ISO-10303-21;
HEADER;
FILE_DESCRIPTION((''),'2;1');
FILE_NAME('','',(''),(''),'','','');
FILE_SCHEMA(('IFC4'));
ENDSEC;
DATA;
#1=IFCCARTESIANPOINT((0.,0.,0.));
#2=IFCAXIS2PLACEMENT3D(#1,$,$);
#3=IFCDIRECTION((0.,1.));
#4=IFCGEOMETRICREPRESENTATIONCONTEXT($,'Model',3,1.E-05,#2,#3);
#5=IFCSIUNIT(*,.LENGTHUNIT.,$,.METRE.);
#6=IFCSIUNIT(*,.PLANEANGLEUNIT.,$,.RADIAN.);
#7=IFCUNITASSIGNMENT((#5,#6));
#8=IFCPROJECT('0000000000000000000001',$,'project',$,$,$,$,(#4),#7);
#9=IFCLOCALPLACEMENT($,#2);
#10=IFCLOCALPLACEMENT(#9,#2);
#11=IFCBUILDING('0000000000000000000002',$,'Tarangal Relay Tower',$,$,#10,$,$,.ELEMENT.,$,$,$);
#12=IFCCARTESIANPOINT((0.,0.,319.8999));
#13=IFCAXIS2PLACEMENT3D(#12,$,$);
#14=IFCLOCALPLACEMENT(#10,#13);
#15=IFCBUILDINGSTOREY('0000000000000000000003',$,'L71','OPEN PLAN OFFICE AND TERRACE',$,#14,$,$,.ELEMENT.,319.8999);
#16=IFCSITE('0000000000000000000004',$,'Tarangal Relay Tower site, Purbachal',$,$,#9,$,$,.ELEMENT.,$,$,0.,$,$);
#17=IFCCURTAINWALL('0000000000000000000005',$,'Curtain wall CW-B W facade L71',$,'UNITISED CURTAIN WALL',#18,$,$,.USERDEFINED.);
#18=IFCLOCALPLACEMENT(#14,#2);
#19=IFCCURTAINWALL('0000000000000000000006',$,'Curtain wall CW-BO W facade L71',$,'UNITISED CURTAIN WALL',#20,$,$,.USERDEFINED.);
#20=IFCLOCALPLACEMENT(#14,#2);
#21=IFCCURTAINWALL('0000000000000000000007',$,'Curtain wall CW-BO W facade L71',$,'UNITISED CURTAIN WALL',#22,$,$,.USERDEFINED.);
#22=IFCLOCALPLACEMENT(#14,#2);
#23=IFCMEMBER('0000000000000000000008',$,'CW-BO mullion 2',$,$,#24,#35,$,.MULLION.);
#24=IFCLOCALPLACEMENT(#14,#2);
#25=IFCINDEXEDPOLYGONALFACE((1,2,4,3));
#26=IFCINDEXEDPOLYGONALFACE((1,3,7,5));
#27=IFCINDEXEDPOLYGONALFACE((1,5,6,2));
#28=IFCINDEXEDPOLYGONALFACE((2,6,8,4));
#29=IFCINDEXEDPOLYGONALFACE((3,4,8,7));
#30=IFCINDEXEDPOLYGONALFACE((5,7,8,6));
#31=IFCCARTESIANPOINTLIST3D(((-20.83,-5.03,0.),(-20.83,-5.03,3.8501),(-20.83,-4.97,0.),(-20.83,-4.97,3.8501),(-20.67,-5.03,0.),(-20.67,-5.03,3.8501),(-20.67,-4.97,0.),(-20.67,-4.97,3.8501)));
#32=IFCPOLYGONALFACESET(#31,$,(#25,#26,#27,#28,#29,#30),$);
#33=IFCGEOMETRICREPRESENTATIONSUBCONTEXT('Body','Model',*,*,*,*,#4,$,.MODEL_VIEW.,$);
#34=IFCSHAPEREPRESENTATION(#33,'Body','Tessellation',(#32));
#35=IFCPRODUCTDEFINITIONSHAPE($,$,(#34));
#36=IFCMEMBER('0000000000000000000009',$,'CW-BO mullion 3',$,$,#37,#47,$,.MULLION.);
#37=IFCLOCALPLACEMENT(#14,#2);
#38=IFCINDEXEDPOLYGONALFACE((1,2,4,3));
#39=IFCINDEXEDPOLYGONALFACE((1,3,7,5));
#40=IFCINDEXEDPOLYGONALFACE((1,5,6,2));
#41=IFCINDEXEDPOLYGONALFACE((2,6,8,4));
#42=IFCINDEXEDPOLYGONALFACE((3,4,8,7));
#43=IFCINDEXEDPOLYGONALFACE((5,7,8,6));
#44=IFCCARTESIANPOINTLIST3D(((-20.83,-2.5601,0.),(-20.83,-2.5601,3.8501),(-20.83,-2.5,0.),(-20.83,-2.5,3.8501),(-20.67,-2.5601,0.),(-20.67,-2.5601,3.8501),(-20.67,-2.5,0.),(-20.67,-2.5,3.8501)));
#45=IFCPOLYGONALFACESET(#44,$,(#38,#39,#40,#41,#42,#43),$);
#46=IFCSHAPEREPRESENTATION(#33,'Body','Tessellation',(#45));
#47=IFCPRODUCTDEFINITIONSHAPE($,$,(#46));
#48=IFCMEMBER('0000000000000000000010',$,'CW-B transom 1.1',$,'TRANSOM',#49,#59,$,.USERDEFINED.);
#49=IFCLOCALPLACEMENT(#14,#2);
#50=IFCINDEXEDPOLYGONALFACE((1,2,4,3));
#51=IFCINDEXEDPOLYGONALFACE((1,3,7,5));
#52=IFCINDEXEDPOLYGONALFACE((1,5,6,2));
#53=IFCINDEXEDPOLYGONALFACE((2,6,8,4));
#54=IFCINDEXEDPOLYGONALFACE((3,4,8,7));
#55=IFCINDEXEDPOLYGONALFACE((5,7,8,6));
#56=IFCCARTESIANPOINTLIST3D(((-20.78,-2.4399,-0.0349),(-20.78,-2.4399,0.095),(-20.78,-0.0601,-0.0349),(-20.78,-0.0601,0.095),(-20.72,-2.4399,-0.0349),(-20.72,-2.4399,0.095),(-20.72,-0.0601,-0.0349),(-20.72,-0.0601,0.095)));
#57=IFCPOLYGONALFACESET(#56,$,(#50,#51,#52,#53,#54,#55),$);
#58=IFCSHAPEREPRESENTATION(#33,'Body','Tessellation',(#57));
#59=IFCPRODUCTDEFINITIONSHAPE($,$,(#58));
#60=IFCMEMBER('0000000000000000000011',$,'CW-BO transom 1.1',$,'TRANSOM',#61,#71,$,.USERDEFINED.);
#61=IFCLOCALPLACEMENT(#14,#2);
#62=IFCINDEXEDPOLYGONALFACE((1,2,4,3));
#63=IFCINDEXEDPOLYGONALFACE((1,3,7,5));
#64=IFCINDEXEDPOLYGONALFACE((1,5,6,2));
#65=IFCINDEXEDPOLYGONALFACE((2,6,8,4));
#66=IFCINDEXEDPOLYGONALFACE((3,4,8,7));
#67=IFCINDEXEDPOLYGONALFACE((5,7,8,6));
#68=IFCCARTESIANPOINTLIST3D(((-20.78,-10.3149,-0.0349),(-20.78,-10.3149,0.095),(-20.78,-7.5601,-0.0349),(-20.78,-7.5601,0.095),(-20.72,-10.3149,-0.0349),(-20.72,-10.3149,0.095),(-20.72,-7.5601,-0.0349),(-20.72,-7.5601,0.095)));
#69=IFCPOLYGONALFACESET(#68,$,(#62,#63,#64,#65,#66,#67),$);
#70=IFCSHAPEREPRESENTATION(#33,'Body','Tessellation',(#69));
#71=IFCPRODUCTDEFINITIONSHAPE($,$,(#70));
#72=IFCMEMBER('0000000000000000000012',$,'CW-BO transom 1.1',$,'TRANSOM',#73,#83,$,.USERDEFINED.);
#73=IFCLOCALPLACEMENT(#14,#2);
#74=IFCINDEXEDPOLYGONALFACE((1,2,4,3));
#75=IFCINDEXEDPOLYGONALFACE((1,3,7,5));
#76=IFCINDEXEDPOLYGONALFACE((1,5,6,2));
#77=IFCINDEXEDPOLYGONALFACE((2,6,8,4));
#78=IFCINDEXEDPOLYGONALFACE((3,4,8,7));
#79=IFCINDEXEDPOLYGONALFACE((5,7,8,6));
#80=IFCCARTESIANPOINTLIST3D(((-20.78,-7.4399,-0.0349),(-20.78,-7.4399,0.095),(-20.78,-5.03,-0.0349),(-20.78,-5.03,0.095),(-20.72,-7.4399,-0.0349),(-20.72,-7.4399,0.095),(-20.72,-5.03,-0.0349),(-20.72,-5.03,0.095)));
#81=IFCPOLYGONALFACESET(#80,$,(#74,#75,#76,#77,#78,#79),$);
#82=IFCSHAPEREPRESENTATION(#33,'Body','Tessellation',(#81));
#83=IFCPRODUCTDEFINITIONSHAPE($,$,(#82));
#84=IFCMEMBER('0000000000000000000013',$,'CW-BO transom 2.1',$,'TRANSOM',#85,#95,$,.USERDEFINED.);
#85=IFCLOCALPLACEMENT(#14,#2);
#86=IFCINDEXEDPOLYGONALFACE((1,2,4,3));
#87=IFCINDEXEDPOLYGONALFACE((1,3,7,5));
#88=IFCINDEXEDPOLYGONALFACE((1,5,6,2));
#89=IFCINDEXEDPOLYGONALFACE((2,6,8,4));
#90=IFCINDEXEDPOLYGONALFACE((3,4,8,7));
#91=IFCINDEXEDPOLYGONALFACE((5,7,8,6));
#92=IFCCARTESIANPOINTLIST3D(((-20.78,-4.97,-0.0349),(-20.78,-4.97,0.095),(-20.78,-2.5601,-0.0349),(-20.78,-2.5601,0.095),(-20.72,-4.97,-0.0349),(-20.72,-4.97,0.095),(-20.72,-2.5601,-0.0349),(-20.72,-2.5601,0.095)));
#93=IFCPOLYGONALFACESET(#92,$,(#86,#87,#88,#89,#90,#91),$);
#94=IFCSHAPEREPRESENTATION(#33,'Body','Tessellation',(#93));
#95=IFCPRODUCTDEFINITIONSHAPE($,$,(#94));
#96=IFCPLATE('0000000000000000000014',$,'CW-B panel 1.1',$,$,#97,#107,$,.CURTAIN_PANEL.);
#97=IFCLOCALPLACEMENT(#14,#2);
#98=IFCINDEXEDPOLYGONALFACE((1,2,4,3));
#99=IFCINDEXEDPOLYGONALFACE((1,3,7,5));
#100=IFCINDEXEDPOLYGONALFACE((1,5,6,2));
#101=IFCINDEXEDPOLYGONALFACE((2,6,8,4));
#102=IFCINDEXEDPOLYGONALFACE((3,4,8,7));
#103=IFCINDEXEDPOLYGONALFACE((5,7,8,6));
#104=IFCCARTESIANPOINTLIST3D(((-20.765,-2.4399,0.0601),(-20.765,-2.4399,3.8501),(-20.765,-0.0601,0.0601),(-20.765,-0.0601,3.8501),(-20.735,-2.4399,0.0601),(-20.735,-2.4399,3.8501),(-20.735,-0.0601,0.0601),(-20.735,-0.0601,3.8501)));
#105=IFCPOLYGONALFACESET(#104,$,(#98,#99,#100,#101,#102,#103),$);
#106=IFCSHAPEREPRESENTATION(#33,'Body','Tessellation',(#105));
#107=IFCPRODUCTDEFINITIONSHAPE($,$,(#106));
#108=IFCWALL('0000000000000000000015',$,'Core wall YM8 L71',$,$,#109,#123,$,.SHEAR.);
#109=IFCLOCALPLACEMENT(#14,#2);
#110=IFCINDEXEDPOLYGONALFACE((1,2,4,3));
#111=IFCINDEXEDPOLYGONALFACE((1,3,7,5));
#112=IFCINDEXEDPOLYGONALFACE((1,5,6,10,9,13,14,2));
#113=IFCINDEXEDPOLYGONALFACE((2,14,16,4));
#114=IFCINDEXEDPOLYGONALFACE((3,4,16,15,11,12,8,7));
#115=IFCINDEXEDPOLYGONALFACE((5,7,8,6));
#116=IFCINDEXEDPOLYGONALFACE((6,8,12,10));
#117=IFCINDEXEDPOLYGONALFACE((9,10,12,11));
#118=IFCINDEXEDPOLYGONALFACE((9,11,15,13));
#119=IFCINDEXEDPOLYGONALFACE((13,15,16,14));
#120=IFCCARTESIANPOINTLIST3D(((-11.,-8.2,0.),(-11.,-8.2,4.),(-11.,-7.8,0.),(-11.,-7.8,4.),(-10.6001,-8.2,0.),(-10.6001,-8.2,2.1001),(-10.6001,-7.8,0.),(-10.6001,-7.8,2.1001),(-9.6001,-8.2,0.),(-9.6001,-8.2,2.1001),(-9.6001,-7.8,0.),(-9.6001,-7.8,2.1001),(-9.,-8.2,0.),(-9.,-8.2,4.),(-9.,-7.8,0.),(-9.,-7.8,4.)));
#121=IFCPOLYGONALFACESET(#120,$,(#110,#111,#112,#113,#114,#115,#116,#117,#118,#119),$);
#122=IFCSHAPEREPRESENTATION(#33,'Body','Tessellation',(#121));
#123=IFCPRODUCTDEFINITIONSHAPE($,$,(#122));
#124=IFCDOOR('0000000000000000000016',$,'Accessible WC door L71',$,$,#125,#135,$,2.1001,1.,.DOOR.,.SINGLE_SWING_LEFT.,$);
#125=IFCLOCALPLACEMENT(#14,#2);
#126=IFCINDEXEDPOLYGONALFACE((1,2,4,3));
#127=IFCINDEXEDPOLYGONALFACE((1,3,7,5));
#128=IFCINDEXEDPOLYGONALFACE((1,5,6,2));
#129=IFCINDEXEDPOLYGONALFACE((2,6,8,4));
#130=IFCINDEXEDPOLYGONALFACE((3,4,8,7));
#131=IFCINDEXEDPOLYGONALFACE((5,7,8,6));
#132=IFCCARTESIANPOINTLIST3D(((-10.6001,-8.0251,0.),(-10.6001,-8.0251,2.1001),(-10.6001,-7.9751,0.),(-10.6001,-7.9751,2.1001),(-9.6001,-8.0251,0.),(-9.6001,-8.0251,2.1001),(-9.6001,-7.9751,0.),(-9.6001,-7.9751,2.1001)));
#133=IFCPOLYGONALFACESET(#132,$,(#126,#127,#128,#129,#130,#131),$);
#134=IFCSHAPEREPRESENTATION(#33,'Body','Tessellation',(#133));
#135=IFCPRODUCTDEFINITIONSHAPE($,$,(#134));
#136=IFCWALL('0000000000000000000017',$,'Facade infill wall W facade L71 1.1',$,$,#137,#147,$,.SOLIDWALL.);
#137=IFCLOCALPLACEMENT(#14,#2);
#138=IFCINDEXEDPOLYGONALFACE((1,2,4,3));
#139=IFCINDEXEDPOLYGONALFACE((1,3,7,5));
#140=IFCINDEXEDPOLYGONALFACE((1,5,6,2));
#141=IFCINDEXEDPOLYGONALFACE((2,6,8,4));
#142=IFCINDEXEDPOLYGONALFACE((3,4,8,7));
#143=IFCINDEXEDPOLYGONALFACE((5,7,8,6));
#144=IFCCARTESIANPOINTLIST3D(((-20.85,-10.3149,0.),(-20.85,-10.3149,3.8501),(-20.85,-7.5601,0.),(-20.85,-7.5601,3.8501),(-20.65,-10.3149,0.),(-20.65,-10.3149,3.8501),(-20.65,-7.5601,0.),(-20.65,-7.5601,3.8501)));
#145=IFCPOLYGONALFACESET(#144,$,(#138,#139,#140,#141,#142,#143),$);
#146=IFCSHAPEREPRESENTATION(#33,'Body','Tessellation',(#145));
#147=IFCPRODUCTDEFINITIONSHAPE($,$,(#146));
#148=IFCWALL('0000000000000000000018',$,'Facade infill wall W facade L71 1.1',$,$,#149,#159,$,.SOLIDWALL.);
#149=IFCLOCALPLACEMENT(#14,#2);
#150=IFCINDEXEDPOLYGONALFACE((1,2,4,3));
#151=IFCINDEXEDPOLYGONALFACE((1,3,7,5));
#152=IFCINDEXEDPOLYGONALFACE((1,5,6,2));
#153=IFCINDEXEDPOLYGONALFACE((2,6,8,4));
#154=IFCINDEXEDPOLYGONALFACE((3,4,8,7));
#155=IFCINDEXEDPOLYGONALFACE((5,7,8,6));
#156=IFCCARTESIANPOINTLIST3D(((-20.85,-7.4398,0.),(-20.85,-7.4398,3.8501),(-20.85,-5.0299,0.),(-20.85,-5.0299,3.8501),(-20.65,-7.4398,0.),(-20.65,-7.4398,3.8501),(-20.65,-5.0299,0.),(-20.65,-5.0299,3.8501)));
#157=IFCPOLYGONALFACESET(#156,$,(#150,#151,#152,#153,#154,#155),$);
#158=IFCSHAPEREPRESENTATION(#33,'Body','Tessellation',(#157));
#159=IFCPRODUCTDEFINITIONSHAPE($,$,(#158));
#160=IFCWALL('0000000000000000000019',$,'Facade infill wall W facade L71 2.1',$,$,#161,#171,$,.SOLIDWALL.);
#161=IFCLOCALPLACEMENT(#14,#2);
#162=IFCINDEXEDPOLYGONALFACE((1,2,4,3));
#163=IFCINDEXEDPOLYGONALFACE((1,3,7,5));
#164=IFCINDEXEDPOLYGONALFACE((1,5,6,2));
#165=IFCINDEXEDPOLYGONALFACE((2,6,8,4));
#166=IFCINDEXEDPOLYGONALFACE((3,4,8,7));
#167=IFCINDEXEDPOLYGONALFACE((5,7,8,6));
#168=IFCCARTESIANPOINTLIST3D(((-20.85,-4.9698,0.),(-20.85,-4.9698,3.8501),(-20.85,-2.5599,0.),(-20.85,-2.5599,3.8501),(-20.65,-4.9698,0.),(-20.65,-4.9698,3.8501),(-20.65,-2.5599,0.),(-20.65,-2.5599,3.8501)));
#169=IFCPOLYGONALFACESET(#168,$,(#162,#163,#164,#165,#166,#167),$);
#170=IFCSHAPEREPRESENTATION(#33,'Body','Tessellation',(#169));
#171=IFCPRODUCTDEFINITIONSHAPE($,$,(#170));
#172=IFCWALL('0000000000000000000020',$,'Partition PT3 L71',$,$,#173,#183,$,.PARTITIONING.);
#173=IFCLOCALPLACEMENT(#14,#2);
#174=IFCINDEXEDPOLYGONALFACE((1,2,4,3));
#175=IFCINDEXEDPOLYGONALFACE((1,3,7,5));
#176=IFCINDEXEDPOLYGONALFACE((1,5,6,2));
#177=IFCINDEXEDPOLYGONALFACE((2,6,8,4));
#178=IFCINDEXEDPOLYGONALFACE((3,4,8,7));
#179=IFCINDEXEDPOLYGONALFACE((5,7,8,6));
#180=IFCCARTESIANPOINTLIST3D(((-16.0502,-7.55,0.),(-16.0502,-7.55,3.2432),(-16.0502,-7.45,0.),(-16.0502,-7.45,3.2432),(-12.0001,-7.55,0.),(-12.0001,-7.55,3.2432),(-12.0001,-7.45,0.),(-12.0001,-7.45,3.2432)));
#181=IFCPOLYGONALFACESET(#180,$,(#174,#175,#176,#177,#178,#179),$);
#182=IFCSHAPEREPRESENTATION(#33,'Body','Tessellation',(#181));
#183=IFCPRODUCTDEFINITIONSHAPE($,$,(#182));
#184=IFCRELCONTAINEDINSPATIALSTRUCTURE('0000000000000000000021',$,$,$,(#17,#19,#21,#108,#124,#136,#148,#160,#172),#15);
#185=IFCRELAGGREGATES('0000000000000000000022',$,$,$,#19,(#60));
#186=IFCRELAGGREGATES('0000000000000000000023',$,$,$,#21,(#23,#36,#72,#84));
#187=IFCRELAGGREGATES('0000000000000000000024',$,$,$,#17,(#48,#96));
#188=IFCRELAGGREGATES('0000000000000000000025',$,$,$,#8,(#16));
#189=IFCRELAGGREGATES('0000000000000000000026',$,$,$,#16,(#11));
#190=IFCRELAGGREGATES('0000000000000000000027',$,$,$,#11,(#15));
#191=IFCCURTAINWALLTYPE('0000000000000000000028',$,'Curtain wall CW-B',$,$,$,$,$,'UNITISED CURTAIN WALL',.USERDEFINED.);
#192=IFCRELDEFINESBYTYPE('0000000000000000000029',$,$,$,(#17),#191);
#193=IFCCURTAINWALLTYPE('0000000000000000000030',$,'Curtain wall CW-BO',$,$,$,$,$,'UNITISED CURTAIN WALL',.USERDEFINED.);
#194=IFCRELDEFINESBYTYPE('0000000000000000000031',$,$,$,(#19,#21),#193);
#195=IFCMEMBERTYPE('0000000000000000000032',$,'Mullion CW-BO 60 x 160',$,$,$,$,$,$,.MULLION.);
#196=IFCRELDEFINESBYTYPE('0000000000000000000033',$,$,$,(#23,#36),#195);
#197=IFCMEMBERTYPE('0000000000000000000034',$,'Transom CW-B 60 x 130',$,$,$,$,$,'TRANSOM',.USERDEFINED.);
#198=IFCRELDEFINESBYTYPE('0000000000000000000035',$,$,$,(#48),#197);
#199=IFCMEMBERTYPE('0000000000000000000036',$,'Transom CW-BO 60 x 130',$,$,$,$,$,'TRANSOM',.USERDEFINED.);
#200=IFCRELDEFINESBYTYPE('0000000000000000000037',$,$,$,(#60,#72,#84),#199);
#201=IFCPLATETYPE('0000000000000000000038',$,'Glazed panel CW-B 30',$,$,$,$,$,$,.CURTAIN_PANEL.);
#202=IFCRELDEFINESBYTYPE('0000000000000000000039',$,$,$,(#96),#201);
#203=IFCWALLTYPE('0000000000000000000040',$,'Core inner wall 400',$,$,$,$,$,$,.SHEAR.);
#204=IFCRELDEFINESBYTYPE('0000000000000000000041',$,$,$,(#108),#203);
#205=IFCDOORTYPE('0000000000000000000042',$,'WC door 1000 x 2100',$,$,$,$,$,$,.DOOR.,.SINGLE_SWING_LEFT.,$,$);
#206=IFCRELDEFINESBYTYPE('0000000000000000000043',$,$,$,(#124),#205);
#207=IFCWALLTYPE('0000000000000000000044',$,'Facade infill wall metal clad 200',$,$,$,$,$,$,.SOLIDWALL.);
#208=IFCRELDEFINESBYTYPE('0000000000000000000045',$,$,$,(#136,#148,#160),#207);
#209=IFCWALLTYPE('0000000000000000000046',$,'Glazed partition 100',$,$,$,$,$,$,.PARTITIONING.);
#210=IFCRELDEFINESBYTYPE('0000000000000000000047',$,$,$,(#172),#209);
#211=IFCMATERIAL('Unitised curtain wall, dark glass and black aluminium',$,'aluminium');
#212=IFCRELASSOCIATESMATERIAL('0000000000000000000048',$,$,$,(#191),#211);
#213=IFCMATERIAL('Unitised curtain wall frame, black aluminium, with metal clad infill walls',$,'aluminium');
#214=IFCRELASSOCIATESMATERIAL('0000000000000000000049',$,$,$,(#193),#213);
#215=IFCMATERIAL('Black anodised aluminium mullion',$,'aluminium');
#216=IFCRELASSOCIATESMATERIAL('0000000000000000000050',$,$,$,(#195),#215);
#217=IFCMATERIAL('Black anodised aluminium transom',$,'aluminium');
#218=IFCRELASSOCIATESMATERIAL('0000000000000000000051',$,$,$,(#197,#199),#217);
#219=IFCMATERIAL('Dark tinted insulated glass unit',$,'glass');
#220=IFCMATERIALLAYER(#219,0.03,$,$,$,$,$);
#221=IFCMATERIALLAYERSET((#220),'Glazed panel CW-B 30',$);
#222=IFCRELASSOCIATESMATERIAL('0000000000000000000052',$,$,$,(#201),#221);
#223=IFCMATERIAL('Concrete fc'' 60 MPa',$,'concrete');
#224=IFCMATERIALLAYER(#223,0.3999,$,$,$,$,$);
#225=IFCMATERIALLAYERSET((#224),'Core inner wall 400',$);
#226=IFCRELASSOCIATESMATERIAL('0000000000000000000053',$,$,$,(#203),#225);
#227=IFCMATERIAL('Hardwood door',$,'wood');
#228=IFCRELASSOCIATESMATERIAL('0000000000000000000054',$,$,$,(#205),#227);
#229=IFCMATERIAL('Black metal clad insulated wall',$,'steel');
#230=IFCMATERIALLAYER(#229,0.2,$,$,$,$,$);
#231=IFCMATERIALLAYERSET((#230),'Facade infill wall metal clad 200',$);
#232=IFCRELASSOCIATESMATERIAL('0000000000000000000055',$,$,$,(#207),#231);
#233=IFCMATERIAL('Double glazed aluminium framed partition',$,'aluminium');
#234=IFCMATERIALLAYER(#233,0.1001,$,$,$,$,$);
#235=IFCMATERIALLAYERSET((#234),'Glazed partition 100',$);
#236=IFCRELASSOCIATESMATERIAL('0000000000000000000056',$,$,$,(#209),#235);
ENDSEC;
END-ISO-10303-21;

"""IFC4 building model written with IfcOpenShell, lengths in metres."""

from ifc_helpers import new_model, si_unit, direction, frame, frame_2d, origin, origin_2d, place, context, subcontext, project, spatial, rectangle, extrude, material, layer, layer_set, material_profile, profile_set, type_object, element, fill, aggregate, save


model = new_model("IFC4")

# Units and contexts
model_context = context("Model", 3, precision=1e-05, world=origin(), true_north=direction((0.0, 1.0)))
body_context = subcontext(model_context, "Body", "Model", "MODEL_VIEW")
ifc_project = project(units=[si_unit("LENGTHUNIT", "METRE"), si_unit("PLANEANGLEUNIT", "RADIAN")], contexts=[model_context])

# Site, building, storey
site_placement = place(None, origin())
site = spatial("IfcSite", under=ifc_project, at=site_placement, Name="Tarangal Relay Tower site, Purbachal", CompositionType="ELEMENT", RefElevation=0.0)
building_placement = place(site_placement, origin())
building = spatial("IfcBuilding", under=site, at=building_placement, Name="Tarangal Relay Tower", CompositionType="ELEMENT")
storey_placement = place(building_placement, frame((0.0, 0.0, 319.8999)))
storey = spatial("IfcBuildingStorey", under=building, at=storey_placement, Name="L71", Description="OPEN PLAN OFFICE AND TERRACE", CompositionType="ELEMENT", Elevation=319.8999)

# Curtain wall
ifc_material_1 = material(Name="Unitised curtain wall, dark glass and black aluminium", Category="aluminium")
curtain_wall_type_1 = type_object("IfcCurtainWallType", Name="Curtain wall CW-B", ElementType="UNITISED CURTAIN WALL", PredefinedType="USERDEFINED", material=ifc_material_1)
curtain_wall_1_placement = place(storey_placement, origin())
curtain_wall_1 = element("IfcCurtainWall", 1, at=curtain_wall_1_placement, inside=storey, type_object=curtain_wall_type_1, Name="Curtain wall CW-B W facade L71", ObjectType="UNITISED CURTAIN WALL", PredefinedType="USERDEFINED")
ifc_material_2 = material(Name="Black anodised aluminium mullion", Category="aluminium")

# Curtain wall
ifc_material_3 = material(Name="Unitised curtain wall frame, black aluminium, with metal clad infill walls", Category="aluminium")
curtain_wall_type_2 = type_object("IfcCurtainWallType", Name="Curtain wall CW-BO", ElementType="UNITISED CURTAIN WALL", PredefinedType="USERDEFINED", material=ifc_material_3)
curtain_wall_2_placement = place(storey_placement, origin())
curtain_wall_2 = element("IfcCurtainWall", 2, at=curtain_wall_2_placement, inside=storey, type_object=curtain_wall_type_2, Name="Curtain wall CW-BO W facade L71", ObjectType="UNITISED CURTAIN WALL", PredefinedType="USERDEFINED")
ifc_material_profile_1 = material_profile(ifc_material_2, rectangle(XDim=0.1599, YDim=0.0601, at=origin_2d()), Name="CW-BOM 60X160")
ifc_profile_set_1 = profile_set([ifc_material_profile_1], Name="Black anodised aluminium mullion")
member_type_1 = type_object("IfcMemberType", Name="Mullion CW-BO 60 x 160", PredefinedType="MULLION", material=ifc_profile_set_1)

# Curtain wall, members
curtain_wall_3_placement = place(storey_placement, origin())
curtain_wall_3 = element("IfcCurtainWall", 3, at=curtain_wall_3_placement, inside=storey, type_object=curtain_wall_type_2, Name="Curtain wall CW-BO W facade L71", ObjectType="UNITISED CURTAIN WALL", PredefinedType="USERDEFINED")
member_1_placement = place(storey_placement, frame((-20.75, -5.0, 0.0), z_axis=(0.0, 0.0, 1.0), x_axis=(-1.0, 0.0, 0.0)))
member_1 = element("IfcMember", 4, at=member_1_placement, type_object=member_type_1, Name="CW-BO mullion 2", PredefinedType="MULLION", context=body_context, shape_type="SweptSolid", body=[
    extrude(rectangle(XDim=0.1599, YDim=0.0601, at=origin_2d()), origin(), (0.0, 0.0, 1.0), 3.8501),
])
member_2_placement = place(storey_placement, frame((-20.75, -2.53, 0.0), z_axis=(0.0, 0.0, 1.0), x_axis=(-1.0, 0.0, 0.0)))
member_2 = element("IfcMember", 5, at=member_2_placement, type_object=member_type_1, Name="CW-BO mullion 3", PredefinedType="MULLION", context=body_context, shape_type="SweptSolid", body=[
    extrude(rectangle(XDim=0.1599, YDim=0.0601, at=origin_2d()), origin(), (0.0, 0.0, 1.0), 3.8501),
])

# Members
ifc_material_4 = material(Name="Black anodised aluminium transom", Category="aluminium")
ifc_material_profile_2 = material_profile(ifc_material_4, rectangle(XDim=0.0601, YDim=0.1299, at=origin_2d()), Name="CW-BT 60X130")
ifc_profile_set_2 = profile_set([ifc_material_profile_2], Name="Black anodised aluminium transom")
member_type_2 = type_object("IfcMemberType", Name="Transom CW-B 60 x 130", ElementType="TRANSOM", PredefinedType="USERDEFINED", material=ifc_profile_set_2)
member_3_placement = place(storey_placement, frame((-20.75, -2.4399, 0.03), z_axis=(0.0, 1.0, 0.0), x_axis=(-1.0, 0.0, 0.0)))
member_3 = element("IfcMember", 6, at=member_3_placement, type_object=member_type_2, Name="CW-B transom 1.1", ObjectType="TRANSOM", PredefinedType="USERDEFINED", context=body_context, shape_type="SweptSolid", body=[
    extrude(rectangle(XDim=0.0601, YDim=0.1299, at=origin_2d()), origin(), (0.0, 0.0, 1.0), 2.3799),
])
ifc_material_profile_3 = material_profile(ifc_material_4, rectangle(XDim=0.0601, YDim=0.1299, at=origin_2d()), Name="CW-BOT 60X130")
ifc_profile_set_3 = profile_set([ifc_material_profile_3], Name="Black anodised aluminium transom")
member_type_3 = type_object("IfcMemberType", Name="Transom CW-BO 60 x 130", ElementType="TRANSOM", PredefinedType="USERDEFINED", material=ifc_profile_set_3)
member_4_placement = place(storey_placement, frame((-20.75, -10.3149, 0.03), z_axis=(0.0, 1.0, 0.0), x_axis=(-1.0, 0.0, 0.0)))
member_4 = element("IfcMember", 7, at=member_4_placement, type_object=member_type_3, Name="CW-BO transom 1.1", ObjectType="TRANSOM", PredefinedType="USERDEFINED", context=body_context, shape_type="SweptSolid", body=[
    extrude(rectangle(XDim=0.0601, YDim=0.1299, at=origin_2d()), origin(), (0.0, 0.0, 1.0), 2.7549),
])
aggregate(curtain_wall_2, [member_4])
member_5_placement = place(storey_placement, frame((-20.75, -7.4399, 0.03), z_axis=(0.0, 1.0, 0.0), x_axis=(-1.0, 0.0, 0.0)))
member_5 = element("IfcMember", 8, at=member_5_placement, type_object=member_type_3, Name="CW-BO transom 1.1", ObjectType="TRANSOM", PredefinedType="USERDEFINED", context=body_context, shape_type="SweptSolid", body=[
    extrude(rectangle(XDim=0.0601, YDim=0.1299, at=origin_2d()), origin(), (0.0, 0.0, 1.0), 2.4099),
])
member_6_placement = place(storey_placement, frame((-20.75, -4.97, 0.03), z_axis=(0.0, 1.0, 0.0), x_axis=(-1.0, 0.0, 0.0)))
member_6 = element("IfcMember", 9, at=member_6_placement, type_object=member_type_3, Name="CW-BO transom 2.1", ObjectType="TRANSOM", PredefinedType="USERDEFINED", context=body_context, shape_type="SweptSolid", body=[
    extrude(rectangle(XDim=0.0601, YDim=0.1299, at=origin_2d()), origin(), (0.0, 0.0, 1.0), 2.4099),
])
aggregate(curtain_wall_3, [member_1, member_2, member_5, member_6])

# Plate
ifc_material_5 = material(Name="Dark tinted insulated glass unit", Category="glass")
ifc_layer_1 = layer(ifc_material_5, 0.03)
ifc_layer_set_1 = layer_set([ifc_layer_1], Name="Glazed panel CW-B 30")
plate_type = type_object("IfcPlateType", Name="Glazed panel CW-B 30", PredefinedType="CURTAIN_PANEL", material=ifc_layer_set_1)
plate_placement = place(storey_placement, frame((-20.75, -1.25, 0.0601), z_axis=(0.0, 0.0, 1.0), x_axis=(0.0, 1.0, 0.0)))
plate = element("IfcPlate", 10, at=plate_placement, type_object=plate_type, Name="CW-B panel 1.1", PredefinedType="CURTAIN_PANEL", context=body_context, shape_type="SweptSolid", body=[
    extrude(rectangle(XDim=2.3799, YDim=0.03, at=origin_2d()), origin(), (0.0, 0.0, 1.0), 3.79),
])
aggregate(curtain_wall_1, [member_3, plate])

# Wall, opening, door
ifc_material_6 = material(Name="Concrete fc' 60 MPa", Category="concrete")
ifc_layer_2 = layer(ifc_material_6, 0.3999)
ifc_layer_set_2 = layer_set([ifc_layer_2], Name="Core inner wall 400")
wall_type_1 = type_object("IfcWallType", Name="Core inner wall 400", PredefinedType="SHEAR", material=ifc_layer_set_2)
wall_1_placement = place(storey_placement, frame((-11.0, -8.0, 0.0), z_axis=(0.0, 0.0, 1.0), x_axis=(1.0, 0.0, 0.0)))
wall_1 = element("IfcWall", 11, at=wall_1_placement, inside=storey, type_object=wall_type_1, Name="Core wall YM8 L71", PredefinedType="SHEAR", context=body_context, shape_type="SweptSolid", body=[
    extrude(rectangle(XDim=2.0, YDim=0.3999, at=frame_2d((1.0, 0.0))), origin(), (0.0, 0.0, 1.0), 4.0),
])
opening_1_placement = place(wall_1_placement, frame((0.3999, 0.0, 0.0)))
opening_1 = element("IfcOpeningElement", 12, at=opening_1_placement, cuts=wall_1, PredefinedType="OPENING", context=body_context, shape_type="SweptSolid", body=[
    extrude(rectangle(XDim=1.0, YDim=2.1001, at=frame_2d((0.5, 1.05))), frame((0.0, 0.21, 0.0), z_axis=(0.0, -1.0, 0.0), x_axis=(1.0, 0.0, 0.0)), (0.0, 0.0, 1.0), 0.4199),
])
ifc_material_7 = material(Name="Hardwood door", Category="wood")
door_type_1 = type_object("IfcDoorType", Name="WC door 1000 x 2100", OperationType="SINGLE_SWING_LEFT", PredefinedType="DOOR", material=ifc_material_7)
door_1_placement = place(opening_1_placement, origin())
door_1 = element("IfcDoor", 13, at=door_1_placement, inside=storey, type_object=door_type_1, Name="Accessible WC door L71", OperationType="SINGLE_SWING_LEFT", OverallHeight=2.1001, OverallWidth=1.0, PredefinedType="DOOR", context=body_context, shape_type="SweptSolid", body=[
    extrude(rectangle(XDim=1.0, YDim=2.1001, at=frame_2d((0.5, 1.05))), frame((0.0, 0.0249, 0.0), z_axis=(0.0, -1.0, 0.0), x_axis=(1.0, 0.0, 0.0)), (0.0, 0.0, 1.0), 0.05),
])
fill(opening_1, door_1)

# Walls
ifc_material_8 = material(Name="Black metal clad insulated wall", Category="steel")
ifc_layer_3 = layer(ifc_material_8, 0.2)
ifc_layer_set_3 = layer_set([ifc_layer_3], Name="Facade infill wall metal clad 200")
wall_type_2 = type_object("IfcWallType", Name="Facade infill wall metal clad 200", PredefinedType="SOLIDWALL", material=ifc_layer_set_3)
wall_2_placement = place(storey_placement, frame((-20.75, -10.3149, 0.0), z_axis=(0.0, 0.0, 1.0), x_axis=(0.0, 1.0, 0.0)))
element("IfcWall", 14, at=wall_2_placement, inside=storey, type_object=wall_type_2, Name="Facade infill wall W facade L71 1.1", PredefinedType="SOLIDWALL", context=body_context, shape_type="SweptSolid", body=[
    extrude(rectangle(XDim=2.7549, YDim=0.2, at=frame_2d((1.3774, 0.0))), origin(), (0.0, 0.0, 1.0), 3.8501),
])
for number, where, z_axis, x_axis, name in (
    (15, (-20.75, -7.4399, 0.0), (0.0, 0.0, 1.0), (0.0, 1.0, 0.0), "Facade infill wall W facade L71 1.1"),
    (16, (-20.75, -4.97, 0.0), (0.0, 0.0, 1.0), (0.0, 1.0, 0.0), "Facade infill wall W facade L71 2.1"),
):
    element("IfcWall", number, at=place(storey_placement, frame(where, z_axis=z_axis, x_axis=x_axis)), inside=storey, type_object=wall_type_2, Name=name, PredefinedType="SOLIDWALL", context=body_context, shape_type="SweptSolid", body=[
        extrude(rectangle(XDim=2.4099, YDim=0.2, at=frame_2d((1.2051, 0.0))), origin(), (0.0, 0.0, 1.0), 3.8501),
    ])
ifc_material_9 = material(Name="Double glazed aluminium framed partition", Category="aluminium")
ifc_layer_4 = layer(ifc_material_9, 0.1001)
ifc_layer_set_4 = layer_set([ifc_layer_4], Name="Glazed partition 100")
wall_type_3 = type_object("IfcWallType", Name="Glazed partition 100", PredefinedType="PARTITIONING", material=ifc_layer_set_4)
wall_3_placement = place(storey_placement, frame((-16.05, -7.5, 0.0), z_axis=(0.0, 0.0, 1.0), x_axis=(1.0, 0.0, 0.0)))
element("IfcWall", 17, at=wall_3_placement, inside=storey, type_object=wall_type_3, Name="Partition PT3 L71", PredefinedType="PARTITIONING", context=body_context, shape_type="SweptSolid", body=[
    extrude(rectangle(XDim=4.05, YDim=0.1001, at=frame_2d((2.0249, 0.0))), origin(), (0.0, 0.0, 1.0), 3.2432),
])

save(model, "model.ifc")
